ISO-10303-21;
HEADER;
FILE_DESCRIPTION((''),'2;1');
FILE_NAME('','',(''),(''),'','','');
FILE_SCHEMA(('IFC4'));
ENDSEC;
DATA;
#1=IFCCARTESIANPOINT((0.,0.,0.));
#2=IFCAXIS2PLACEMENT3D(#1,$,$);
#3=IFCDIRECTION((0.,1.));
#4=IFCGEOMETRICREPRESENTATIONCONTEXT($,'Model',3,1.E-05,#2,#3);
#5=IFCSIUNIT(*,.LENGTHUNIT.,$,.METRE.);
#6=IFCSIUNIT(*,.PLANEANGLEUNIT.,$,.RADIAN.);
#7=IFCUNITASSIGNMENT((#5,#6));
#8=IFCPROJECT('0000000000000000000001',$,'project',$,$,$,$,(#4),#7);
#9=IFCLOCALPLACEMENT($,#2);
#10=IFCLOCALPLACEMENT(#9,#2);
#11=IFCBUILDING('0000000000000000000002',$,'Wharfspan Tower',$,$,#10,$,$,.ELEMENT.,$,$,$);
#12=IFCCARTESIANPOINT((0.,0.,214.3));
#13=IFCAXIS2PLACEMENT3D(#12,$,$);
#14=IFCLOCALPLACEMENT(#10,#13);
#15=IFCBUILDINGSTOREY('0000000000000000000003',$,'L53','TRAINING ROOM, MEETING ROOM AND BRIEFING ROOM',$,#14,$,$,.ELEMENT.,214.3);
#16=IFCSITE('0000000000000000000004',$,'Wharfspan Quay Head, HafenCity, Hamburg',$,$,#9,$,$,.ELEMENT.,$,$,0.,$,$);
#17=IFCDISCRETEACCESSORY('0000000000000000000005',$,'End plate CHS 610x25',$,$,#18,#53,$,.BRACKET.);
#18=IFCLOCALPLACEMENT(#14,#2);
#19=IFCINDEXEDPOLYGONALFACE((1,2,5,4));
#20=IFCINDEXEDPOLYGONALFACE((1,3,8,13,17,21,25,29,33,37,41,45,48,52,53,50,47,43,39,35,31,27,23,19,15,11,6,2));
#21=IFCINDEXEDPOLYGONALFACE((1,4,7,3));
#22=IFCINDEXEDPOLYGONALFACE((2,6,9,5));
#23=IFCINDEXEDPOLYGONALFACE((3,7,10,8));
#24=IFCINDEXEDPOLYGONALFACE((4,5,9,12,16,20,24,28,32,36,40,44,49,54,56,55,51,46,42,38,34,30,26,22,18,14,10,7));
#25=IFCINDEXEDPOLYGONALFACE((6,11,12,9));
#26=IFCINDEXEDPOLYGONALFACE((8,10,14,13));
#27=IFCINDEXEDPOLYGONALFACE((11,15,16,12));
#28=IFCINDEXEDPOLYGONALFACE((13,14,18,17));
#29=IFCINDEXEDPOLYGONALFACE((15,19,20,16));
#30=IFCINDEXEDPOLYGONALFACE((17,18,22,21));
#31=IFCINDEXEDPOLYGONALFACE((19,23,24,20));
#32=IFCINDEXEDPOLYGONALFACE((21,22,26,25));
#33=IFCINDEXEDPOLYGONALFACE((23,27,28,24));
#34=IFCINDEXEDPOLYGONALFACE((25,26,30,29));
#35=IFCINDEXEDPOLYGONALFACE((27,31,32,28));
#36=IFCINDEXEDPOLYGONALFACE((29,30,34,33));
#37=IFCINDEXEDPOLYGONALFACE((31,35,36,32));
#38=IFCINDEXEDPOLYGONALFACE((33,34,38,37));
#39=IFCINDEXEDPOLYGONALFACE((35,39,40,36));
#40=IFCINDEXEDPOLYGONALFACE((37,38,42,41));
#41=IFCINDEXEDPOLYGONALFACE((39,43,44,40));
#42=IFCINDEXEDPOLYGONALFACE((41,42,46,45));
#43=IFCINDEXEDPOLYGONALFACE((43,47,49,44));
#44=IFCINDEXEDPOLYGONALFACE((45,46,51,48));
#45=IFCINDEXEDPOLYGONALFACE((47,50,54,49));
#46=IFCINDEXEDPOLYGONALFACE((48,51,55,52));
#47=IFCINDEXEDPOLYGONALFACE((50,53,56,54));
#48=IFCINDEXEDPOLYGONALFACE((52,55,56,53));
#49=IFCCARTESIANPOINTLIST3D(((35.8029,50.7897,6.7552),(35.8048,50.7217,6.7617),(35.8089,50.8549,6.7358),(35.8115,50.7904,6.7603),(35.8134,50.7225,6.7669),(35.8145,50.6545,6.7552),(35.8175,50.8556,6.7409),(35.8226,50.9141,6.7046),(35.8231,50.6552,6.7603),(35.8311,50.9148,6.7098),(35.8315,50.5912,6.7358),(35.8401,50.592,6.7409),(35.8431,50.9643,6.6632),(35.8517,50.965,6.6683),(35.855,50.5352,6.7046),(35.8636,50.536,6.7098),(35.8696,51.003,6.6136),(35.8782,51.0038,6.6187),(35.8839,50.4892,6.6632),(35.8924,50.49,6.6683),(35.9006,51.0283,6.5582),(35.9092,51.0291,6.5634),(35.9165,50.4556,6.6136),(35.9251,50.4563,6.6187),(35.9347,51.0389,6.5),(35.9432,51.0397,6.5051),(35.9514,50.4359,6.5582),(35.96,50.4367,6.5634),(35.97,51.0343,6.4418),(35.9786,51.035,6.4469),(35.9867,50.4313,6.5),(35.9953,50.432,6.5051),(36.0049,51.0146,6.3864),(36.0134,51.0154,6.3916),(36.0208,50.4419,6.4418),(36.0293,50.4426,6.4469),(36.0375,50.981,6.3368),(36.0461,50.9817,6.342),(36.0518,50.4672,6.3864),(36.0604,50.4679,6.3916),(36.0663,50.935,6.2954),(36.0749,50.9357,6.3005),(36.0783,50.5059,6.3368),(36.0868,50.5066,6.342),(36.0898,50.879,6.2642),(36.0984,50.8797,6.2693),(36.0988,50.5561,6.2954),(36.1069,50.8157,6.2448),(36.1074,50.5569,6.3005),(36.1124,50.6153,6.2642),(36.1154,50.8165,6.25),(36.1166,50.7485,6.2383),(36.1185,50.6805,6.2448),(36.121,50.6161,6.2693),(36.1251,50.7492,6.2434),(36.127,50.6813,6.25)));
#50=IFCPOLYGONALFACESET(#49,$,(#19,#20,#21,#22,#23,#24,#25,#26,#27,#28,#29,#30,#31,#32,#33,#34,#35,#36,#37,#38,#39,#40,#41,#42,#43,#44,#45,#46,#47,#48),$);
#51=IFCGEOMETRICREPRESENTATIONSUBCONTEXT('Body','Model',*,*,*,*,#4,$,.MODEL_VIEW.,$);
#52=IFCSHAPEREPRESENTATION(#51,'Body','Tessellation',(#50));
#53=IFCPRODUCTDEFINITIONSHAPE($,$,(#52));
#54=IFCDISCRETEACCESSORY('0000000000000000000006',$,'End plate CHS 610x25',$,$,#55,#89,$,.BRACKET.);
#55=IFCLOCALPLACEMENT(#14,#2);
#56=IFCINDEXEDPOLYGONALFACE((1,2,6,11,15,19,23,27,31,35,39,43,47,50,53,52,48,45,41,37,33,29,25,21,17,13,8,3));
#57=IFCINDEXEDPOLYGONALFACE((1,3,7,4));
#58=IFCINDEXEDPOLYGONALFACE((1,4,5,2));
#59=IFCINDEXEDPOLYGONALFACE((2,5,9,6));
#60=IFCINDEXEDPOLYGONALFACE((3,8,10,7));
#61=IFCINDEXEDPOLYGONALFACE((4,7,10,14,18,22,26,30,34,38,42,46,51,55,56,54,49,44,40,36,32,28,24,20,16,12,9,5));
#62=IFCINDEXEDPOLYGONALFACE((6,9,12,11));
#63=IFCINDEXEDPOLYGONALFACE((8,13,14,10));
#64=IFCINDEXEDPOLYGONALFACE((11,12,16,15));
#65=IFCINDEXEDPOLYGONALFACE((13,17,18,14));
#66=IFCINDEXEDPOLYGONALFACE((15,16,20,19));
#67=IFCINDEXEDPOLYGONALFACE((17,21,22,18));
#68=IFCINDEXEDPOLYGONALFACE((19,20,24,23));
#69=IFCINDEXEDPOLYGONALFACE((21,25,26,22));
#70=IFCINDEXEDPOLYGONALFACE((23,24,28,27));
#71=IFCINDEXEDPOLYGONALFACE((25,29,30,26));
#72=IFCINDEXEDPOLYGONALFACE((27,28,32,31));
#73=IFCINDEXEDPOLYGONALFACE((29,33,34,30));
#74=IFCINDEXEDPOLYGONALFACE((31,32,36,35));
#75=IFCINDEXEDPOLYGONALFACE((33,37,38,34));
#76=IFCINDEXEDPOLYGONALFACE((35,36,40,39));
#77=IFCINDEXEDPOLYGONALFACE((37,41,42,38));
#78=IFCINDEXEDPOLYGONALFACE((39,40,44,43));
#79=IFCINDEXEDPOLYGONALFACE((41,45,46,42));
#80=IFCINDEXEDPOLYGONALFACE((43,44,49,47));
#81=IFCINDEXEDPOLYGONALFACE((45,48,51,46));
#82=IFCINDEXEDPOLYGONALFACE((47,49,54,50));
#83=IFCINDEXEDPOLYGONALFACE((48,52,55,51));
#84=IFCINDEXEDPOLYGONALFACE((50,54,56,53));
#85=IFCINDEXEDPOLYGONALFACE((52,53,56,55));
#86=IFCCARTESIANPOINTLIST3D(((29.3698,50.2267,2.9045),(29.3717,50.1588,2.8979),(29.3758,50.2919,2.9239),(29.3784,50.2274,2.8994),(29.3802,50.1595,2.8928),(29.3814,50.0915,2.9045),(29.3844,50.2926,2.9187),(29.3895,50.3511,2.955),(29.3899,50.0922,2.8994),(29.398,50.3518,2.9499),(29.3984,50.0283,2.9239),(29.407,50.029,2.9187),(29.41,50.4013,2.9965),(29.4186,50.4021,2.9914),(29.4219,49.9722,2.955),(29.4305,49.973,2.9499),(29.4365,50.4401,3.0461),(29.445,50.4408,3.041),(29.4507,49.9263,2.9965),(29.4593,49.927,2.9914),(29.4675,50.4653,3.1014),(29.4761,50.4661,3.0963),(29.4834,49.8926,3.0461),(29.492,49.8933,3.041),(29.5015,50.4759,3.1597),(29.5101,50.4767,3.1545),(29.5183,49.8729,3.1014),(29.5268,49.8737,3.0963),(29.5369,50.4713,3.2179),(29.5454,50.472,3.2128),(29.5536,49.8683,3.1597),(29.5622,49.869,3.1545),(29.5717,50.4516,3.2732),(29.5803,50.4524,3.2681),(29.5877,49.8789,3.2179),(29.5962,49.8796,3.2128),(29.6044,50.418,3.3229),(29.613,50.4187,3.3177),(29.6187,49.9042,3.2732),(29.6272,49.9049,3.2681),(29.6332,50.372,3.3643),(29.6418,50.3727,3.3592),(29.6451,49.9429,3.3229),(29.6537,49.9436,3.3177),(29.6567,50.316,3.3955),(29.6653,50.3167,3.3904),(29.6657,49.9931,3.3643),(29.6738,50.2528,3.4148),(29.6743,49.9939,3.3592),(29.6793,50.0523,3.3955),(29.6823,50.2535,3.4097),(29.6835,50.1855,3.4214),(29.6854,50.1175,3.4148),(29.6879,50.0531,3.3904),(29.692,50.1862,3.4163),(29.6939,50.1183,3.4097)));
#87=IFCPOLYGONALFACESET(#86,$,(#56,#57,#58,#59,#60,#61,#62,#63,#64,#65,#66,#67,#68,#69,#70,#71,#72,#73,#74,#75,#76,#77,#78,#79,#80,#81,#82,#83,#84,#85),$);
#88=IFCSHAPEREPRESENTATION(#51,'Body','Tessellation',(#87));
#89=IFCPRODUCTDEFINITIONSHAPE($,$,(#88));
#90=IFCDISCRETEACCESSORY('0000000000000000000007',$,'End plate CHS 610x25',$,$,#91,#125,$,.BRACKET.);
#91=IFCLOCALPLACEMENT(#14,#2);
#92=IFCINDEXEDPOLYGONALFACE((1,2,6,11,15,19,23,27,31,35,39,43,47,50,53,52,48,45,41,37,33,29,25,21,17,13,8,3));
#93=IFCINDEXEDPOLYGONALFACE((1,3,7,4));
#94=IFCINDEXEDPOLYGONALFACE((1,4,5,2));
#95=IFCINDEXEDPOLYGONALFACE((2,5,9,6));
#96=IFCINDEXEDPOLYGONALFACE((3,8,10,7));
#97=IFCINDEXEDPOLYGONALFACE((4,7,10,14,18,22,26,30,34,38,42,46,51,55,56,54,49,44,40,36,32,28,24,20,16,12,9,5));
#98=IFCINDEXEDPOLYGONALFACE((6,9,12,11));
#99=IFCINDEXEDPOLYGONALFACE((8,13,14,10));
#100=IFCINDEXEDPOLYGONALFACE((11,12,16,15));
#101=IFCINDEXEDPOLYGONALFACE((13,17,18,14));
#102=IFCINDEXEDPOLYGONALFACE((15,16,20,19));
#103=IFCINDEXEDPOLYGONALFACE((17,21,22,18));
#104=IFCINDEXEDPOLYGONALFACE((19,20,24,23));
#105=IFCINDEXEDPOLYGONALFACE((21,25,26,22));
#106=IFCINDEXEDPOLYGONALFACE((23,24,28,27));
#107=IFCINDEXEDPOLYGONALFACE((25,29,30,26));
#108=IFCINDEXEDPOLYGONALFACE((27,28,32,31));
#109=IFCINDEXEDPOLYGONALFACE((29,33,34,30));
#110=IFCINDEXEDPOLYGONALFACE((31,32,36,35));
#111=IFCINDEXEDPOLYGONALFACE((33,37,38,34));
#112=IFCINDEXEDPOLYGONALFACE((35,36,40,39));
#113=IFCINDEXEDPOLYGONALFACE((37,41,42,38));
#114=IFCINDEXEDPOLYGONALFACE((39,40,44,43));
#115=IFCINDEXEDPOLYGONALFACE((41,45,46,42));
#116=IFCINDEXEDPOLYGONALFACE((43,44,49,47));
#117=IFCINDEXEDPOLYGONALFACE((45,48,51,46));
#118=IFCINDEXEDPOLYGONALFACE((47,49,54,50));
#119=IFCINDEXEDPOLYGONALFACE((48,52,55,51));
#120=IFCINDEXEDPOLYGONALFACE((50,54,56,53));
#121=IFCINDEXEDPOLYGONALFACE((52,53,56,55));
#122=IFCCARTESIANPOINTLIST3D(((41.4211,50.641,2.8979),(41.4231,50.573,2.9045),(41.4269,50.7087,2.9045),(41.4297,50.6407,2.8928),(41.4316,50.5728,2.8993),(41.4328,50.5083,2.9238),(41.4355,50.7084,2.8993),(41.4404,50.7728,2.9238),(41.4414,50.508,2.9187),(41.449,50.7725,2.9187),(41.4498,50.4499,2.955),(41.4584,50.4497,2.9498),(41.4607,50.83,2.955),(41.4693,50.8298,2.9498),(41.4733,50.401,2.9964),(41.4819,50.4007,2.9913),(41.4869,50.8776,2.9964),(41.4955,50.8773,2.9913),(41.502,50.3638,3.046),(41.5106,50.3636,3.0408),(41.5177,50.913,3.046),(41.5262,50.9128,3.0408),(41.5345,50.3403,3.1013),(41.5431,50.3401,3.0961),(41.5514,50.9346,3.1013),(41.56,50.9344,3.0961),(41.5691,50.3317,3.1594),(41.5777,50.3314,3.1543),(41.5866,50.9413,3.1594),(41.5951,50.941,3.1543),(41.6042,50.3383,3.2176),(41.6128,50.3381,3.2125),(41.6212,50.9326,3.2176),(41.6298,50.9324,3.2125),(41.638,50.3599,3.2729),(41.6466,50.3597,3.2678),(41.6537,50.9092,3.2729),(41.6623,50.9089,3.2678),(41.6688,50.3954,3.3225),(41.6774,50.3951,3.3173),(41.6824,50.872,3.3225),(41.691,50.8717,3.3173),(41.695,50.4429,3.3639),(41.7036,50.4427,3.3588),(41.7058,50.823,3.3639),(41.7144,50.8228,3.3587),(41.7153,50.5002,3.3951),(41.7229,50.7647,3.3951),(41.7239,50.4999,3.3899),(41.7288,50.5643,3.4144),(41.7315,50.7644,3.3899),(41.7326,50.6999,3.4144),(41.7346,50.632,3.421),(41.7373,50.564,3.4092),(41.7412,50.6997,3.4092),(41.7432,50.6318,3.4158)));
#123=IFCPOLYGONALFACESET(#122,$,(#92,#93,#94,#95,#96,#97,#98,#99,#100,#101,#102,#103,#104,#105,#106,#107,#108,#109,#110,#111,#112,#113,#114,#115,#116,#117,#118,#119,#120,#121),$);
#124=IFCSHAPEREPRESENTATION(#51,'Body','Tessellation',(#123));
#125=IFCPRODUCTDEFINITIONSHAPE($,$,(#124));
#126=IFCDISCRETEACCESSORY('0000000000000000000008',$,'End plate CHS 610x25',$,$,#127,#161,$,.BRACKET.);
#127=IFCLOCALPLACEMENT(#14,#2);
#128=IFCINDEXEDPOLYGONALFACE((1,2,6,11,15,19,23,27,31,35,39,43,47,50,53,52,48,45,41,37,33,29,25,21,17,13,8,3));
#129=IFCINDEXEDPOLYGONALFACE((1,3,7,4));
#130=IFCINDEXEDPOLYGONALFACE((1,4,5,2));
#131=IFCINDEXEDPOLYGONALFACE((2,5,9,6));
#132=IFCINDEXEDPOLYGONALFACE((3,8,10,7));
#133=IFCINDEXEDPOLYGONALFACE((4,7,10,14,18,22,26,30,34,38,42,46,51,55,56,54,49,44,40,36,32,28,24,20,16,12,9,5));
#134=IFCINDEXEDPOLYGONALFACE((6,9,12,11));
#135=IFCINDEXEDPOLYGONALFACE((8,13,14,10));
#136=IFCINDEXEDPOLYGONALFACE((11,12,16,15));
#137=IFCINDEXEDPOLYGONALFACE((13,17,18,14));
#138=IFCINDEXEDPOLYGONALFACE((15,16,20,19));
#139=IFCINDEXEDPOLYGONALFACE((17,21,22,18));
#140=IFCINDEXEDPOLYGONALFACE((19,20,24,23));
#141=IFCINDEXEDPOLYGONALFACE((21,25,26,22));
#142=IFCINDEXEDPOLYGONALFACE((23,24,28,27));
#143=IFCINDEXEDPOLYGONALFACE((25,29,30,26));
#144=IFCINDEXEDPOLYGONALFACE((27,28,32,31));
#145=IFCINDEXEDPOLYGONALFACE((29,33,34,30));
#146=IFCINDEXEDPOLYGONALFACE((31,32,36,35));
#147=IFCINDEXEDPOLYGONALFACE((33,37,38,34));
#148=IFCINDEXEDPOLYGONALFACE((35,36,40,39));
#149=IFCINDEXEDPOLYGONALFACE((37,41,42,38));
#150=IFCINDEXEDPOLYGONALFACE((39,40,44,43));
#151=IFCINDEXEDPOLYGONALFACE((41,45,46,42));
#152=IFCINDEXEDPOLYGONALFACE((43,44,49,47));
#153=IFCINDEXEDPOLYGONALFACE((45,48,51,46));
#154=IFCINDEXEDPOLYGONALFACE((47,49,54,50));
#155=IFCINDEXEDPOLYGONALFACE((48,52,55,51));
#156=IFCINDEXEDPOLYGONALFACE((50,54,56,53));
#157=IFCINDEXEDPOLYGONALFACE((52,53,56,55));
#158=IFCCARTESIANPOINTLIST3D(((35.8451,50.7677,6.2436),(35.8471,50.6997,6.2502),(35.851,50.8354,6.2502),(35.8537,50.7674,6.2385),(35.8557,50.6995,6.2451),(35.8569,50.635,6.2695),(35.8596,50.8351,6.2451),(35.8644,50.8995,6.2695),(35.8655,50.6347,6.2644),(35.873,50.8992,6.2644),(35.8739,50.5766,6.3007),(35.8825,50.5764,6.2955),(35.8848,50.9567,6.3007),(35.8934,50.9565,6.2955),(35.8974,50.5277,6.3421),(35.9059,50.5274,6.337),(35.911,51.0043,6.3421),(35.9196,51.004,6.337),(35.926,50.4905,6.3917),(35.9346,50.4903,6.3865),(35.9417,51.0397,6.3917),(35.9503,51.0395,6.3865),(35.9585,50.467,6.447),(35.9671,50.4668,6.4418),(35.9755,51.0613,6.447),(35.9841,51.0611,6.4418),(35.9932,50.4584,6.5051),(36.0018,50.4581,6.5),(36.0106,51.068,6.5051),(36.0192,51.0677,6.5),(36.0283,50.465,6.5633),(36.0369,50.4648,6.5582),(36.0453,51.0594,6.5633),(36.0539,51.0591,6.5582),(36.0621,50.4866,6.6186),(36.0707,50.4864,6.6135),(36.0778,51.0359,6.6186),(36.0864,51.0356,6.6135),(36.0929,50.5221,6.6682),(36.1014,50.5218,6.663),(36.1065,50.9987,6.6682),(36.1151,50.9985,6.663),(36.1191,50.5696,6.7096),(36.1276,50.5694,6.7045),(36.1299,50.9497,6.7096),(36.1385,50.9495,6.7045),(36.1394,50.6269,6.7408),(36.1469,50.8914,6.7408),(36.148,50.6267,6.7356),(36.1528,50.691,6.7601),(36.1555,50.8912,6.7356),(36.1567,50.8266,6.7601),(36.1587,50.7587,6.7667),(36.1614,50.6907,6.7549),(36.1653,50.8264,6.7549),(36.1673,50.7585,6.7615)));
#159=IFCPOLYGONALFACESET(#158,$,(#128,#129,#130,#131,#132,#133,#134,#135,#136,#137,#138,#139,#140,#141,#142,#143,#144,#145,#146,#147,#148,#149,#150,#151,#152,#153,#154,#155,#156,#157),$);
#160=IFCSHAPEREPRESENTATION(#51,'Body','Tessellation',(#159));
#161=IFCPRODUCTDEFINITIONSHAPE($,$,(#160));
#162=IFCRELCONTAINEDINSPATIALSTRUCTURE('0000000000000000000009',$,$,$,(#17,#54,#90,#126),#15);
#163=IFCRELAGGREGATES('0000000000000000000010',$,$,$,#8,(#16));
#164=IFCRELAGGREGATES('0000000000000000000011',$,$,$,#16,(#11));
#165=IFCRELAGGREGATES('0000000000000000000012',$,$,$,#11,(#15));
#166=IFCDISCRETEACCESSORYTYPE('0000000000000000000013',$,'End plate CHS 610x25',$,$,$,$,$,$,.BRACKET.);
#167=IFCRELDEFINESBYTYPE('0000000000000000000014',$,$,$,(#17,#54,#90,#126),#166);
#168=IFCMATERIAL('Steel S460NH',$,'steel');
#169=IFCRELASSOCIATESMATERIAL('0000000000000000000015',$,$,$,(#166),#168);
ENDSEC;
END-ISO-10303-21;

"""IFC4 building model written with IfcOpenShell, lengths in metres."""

from ifc_helpers import new_model, si_unit, direction, frame, origin, origin_2d, place, context, subcontext, project, spatial, circle, extrude, material, material_profile, profile_set, type_object, element, save


model = new_model("IFC4")

# Units and contexts
model_context = context("Model", 3, precision=1e-05, world=origin(), true_north=direction((0.0, 1.0)))
body_context = subcontext(model_context, "Body", "Model", "MODEL_VIEW")
ifc_project = project(units=[si_unit("LENGTHUNIT", "METRE"), si_unit("PLANEANGLEUNIT", "RADIAN")], contexts=[model_context])

# Site, building, storey
site_placement = place(None, origin())
site = spatial("IfcSite", under=ifc_project, at=site_placement, Name="Wharfspan Quay Head, HafenCity, Hamburg", CompositionType="ELEMENT", RefElevation=0.0)
building_placement = place(site_placement, origin())
building = spatial("IfcBuilding", under=site, at=building_placement, Name="Wharfspan Tower", CompositionType="ELEMENT")
storey_placement = place(building_placement, frame((0.0, 0.0, 214.3)))
storey = spatial("IfcBuildingStorey", under=building, at=storey_placement, Name="L53", Description="TRAINING ROOM, MEETING ROOM AND BRIEFING ROOM", CompositionType="ELEMENT", Elevation=214.3)

# Shared definitions
ifc_material_1 = material(Name="Steel S460NH", Category="steel")

# Discrete accessories
ifc_material_profile_1 = material_profile(ifc_material_1, circle(Radius=0.3049, at=origin_2d()))
ifc_profile_set_1 = profile_set([ifc_material_profile_1], Name="Steel S460NH")
discrete_accessory_type = type_object("IfcDiscreteAccessoryType", Name="End plate CHS 610x25", PredefinedType="BRACKET", material=ifc_profile_set_1)
for number, where, z_axis, x_axis, name in (
    (1, (35.9607, 50.7351, 6.5), (0.855186, 0.073302, 0.513112), (-0.085402, 0.996345, 0.000001), "End plate CHS 610x25"),
    (2, (29.5361, 50.1729, 3.1545), (-0.855186, -0.073302, 0.513112), (0.085402, -0.996345, 0.000001), "End plate CHS 610x25"),
    (3, (41.5864, 50.6362, 3.1543), (-0.857236, 0.024492, 0.514341), (-0.028558, -0.999591, 0.000002), "End plate CHS 610x25"),
    (4, (36.0105, 50.7629, 6.5), (-0.857236, 0.024492, 0.514341), (-0.028558, -0.999591, 0.000002), "End plate CHS 610x25"),
):
    element("IfcDiscreteAccessory", number, at=place(storey_placement, frame(where, z_axis=z_axis, x_axis=x_axis)), inside=storey, type_object=discrete_accessory_type, Name=name, PredefinedType="BRACKET", context=body_context, shape_type="SweptSolid", body=[
        extrude(circle(Radius=0.3049, at=origin_2d()), origin(), (0.0, 0.0, 1.0), 0.01),
    ])

save(model, "model.ifc")
